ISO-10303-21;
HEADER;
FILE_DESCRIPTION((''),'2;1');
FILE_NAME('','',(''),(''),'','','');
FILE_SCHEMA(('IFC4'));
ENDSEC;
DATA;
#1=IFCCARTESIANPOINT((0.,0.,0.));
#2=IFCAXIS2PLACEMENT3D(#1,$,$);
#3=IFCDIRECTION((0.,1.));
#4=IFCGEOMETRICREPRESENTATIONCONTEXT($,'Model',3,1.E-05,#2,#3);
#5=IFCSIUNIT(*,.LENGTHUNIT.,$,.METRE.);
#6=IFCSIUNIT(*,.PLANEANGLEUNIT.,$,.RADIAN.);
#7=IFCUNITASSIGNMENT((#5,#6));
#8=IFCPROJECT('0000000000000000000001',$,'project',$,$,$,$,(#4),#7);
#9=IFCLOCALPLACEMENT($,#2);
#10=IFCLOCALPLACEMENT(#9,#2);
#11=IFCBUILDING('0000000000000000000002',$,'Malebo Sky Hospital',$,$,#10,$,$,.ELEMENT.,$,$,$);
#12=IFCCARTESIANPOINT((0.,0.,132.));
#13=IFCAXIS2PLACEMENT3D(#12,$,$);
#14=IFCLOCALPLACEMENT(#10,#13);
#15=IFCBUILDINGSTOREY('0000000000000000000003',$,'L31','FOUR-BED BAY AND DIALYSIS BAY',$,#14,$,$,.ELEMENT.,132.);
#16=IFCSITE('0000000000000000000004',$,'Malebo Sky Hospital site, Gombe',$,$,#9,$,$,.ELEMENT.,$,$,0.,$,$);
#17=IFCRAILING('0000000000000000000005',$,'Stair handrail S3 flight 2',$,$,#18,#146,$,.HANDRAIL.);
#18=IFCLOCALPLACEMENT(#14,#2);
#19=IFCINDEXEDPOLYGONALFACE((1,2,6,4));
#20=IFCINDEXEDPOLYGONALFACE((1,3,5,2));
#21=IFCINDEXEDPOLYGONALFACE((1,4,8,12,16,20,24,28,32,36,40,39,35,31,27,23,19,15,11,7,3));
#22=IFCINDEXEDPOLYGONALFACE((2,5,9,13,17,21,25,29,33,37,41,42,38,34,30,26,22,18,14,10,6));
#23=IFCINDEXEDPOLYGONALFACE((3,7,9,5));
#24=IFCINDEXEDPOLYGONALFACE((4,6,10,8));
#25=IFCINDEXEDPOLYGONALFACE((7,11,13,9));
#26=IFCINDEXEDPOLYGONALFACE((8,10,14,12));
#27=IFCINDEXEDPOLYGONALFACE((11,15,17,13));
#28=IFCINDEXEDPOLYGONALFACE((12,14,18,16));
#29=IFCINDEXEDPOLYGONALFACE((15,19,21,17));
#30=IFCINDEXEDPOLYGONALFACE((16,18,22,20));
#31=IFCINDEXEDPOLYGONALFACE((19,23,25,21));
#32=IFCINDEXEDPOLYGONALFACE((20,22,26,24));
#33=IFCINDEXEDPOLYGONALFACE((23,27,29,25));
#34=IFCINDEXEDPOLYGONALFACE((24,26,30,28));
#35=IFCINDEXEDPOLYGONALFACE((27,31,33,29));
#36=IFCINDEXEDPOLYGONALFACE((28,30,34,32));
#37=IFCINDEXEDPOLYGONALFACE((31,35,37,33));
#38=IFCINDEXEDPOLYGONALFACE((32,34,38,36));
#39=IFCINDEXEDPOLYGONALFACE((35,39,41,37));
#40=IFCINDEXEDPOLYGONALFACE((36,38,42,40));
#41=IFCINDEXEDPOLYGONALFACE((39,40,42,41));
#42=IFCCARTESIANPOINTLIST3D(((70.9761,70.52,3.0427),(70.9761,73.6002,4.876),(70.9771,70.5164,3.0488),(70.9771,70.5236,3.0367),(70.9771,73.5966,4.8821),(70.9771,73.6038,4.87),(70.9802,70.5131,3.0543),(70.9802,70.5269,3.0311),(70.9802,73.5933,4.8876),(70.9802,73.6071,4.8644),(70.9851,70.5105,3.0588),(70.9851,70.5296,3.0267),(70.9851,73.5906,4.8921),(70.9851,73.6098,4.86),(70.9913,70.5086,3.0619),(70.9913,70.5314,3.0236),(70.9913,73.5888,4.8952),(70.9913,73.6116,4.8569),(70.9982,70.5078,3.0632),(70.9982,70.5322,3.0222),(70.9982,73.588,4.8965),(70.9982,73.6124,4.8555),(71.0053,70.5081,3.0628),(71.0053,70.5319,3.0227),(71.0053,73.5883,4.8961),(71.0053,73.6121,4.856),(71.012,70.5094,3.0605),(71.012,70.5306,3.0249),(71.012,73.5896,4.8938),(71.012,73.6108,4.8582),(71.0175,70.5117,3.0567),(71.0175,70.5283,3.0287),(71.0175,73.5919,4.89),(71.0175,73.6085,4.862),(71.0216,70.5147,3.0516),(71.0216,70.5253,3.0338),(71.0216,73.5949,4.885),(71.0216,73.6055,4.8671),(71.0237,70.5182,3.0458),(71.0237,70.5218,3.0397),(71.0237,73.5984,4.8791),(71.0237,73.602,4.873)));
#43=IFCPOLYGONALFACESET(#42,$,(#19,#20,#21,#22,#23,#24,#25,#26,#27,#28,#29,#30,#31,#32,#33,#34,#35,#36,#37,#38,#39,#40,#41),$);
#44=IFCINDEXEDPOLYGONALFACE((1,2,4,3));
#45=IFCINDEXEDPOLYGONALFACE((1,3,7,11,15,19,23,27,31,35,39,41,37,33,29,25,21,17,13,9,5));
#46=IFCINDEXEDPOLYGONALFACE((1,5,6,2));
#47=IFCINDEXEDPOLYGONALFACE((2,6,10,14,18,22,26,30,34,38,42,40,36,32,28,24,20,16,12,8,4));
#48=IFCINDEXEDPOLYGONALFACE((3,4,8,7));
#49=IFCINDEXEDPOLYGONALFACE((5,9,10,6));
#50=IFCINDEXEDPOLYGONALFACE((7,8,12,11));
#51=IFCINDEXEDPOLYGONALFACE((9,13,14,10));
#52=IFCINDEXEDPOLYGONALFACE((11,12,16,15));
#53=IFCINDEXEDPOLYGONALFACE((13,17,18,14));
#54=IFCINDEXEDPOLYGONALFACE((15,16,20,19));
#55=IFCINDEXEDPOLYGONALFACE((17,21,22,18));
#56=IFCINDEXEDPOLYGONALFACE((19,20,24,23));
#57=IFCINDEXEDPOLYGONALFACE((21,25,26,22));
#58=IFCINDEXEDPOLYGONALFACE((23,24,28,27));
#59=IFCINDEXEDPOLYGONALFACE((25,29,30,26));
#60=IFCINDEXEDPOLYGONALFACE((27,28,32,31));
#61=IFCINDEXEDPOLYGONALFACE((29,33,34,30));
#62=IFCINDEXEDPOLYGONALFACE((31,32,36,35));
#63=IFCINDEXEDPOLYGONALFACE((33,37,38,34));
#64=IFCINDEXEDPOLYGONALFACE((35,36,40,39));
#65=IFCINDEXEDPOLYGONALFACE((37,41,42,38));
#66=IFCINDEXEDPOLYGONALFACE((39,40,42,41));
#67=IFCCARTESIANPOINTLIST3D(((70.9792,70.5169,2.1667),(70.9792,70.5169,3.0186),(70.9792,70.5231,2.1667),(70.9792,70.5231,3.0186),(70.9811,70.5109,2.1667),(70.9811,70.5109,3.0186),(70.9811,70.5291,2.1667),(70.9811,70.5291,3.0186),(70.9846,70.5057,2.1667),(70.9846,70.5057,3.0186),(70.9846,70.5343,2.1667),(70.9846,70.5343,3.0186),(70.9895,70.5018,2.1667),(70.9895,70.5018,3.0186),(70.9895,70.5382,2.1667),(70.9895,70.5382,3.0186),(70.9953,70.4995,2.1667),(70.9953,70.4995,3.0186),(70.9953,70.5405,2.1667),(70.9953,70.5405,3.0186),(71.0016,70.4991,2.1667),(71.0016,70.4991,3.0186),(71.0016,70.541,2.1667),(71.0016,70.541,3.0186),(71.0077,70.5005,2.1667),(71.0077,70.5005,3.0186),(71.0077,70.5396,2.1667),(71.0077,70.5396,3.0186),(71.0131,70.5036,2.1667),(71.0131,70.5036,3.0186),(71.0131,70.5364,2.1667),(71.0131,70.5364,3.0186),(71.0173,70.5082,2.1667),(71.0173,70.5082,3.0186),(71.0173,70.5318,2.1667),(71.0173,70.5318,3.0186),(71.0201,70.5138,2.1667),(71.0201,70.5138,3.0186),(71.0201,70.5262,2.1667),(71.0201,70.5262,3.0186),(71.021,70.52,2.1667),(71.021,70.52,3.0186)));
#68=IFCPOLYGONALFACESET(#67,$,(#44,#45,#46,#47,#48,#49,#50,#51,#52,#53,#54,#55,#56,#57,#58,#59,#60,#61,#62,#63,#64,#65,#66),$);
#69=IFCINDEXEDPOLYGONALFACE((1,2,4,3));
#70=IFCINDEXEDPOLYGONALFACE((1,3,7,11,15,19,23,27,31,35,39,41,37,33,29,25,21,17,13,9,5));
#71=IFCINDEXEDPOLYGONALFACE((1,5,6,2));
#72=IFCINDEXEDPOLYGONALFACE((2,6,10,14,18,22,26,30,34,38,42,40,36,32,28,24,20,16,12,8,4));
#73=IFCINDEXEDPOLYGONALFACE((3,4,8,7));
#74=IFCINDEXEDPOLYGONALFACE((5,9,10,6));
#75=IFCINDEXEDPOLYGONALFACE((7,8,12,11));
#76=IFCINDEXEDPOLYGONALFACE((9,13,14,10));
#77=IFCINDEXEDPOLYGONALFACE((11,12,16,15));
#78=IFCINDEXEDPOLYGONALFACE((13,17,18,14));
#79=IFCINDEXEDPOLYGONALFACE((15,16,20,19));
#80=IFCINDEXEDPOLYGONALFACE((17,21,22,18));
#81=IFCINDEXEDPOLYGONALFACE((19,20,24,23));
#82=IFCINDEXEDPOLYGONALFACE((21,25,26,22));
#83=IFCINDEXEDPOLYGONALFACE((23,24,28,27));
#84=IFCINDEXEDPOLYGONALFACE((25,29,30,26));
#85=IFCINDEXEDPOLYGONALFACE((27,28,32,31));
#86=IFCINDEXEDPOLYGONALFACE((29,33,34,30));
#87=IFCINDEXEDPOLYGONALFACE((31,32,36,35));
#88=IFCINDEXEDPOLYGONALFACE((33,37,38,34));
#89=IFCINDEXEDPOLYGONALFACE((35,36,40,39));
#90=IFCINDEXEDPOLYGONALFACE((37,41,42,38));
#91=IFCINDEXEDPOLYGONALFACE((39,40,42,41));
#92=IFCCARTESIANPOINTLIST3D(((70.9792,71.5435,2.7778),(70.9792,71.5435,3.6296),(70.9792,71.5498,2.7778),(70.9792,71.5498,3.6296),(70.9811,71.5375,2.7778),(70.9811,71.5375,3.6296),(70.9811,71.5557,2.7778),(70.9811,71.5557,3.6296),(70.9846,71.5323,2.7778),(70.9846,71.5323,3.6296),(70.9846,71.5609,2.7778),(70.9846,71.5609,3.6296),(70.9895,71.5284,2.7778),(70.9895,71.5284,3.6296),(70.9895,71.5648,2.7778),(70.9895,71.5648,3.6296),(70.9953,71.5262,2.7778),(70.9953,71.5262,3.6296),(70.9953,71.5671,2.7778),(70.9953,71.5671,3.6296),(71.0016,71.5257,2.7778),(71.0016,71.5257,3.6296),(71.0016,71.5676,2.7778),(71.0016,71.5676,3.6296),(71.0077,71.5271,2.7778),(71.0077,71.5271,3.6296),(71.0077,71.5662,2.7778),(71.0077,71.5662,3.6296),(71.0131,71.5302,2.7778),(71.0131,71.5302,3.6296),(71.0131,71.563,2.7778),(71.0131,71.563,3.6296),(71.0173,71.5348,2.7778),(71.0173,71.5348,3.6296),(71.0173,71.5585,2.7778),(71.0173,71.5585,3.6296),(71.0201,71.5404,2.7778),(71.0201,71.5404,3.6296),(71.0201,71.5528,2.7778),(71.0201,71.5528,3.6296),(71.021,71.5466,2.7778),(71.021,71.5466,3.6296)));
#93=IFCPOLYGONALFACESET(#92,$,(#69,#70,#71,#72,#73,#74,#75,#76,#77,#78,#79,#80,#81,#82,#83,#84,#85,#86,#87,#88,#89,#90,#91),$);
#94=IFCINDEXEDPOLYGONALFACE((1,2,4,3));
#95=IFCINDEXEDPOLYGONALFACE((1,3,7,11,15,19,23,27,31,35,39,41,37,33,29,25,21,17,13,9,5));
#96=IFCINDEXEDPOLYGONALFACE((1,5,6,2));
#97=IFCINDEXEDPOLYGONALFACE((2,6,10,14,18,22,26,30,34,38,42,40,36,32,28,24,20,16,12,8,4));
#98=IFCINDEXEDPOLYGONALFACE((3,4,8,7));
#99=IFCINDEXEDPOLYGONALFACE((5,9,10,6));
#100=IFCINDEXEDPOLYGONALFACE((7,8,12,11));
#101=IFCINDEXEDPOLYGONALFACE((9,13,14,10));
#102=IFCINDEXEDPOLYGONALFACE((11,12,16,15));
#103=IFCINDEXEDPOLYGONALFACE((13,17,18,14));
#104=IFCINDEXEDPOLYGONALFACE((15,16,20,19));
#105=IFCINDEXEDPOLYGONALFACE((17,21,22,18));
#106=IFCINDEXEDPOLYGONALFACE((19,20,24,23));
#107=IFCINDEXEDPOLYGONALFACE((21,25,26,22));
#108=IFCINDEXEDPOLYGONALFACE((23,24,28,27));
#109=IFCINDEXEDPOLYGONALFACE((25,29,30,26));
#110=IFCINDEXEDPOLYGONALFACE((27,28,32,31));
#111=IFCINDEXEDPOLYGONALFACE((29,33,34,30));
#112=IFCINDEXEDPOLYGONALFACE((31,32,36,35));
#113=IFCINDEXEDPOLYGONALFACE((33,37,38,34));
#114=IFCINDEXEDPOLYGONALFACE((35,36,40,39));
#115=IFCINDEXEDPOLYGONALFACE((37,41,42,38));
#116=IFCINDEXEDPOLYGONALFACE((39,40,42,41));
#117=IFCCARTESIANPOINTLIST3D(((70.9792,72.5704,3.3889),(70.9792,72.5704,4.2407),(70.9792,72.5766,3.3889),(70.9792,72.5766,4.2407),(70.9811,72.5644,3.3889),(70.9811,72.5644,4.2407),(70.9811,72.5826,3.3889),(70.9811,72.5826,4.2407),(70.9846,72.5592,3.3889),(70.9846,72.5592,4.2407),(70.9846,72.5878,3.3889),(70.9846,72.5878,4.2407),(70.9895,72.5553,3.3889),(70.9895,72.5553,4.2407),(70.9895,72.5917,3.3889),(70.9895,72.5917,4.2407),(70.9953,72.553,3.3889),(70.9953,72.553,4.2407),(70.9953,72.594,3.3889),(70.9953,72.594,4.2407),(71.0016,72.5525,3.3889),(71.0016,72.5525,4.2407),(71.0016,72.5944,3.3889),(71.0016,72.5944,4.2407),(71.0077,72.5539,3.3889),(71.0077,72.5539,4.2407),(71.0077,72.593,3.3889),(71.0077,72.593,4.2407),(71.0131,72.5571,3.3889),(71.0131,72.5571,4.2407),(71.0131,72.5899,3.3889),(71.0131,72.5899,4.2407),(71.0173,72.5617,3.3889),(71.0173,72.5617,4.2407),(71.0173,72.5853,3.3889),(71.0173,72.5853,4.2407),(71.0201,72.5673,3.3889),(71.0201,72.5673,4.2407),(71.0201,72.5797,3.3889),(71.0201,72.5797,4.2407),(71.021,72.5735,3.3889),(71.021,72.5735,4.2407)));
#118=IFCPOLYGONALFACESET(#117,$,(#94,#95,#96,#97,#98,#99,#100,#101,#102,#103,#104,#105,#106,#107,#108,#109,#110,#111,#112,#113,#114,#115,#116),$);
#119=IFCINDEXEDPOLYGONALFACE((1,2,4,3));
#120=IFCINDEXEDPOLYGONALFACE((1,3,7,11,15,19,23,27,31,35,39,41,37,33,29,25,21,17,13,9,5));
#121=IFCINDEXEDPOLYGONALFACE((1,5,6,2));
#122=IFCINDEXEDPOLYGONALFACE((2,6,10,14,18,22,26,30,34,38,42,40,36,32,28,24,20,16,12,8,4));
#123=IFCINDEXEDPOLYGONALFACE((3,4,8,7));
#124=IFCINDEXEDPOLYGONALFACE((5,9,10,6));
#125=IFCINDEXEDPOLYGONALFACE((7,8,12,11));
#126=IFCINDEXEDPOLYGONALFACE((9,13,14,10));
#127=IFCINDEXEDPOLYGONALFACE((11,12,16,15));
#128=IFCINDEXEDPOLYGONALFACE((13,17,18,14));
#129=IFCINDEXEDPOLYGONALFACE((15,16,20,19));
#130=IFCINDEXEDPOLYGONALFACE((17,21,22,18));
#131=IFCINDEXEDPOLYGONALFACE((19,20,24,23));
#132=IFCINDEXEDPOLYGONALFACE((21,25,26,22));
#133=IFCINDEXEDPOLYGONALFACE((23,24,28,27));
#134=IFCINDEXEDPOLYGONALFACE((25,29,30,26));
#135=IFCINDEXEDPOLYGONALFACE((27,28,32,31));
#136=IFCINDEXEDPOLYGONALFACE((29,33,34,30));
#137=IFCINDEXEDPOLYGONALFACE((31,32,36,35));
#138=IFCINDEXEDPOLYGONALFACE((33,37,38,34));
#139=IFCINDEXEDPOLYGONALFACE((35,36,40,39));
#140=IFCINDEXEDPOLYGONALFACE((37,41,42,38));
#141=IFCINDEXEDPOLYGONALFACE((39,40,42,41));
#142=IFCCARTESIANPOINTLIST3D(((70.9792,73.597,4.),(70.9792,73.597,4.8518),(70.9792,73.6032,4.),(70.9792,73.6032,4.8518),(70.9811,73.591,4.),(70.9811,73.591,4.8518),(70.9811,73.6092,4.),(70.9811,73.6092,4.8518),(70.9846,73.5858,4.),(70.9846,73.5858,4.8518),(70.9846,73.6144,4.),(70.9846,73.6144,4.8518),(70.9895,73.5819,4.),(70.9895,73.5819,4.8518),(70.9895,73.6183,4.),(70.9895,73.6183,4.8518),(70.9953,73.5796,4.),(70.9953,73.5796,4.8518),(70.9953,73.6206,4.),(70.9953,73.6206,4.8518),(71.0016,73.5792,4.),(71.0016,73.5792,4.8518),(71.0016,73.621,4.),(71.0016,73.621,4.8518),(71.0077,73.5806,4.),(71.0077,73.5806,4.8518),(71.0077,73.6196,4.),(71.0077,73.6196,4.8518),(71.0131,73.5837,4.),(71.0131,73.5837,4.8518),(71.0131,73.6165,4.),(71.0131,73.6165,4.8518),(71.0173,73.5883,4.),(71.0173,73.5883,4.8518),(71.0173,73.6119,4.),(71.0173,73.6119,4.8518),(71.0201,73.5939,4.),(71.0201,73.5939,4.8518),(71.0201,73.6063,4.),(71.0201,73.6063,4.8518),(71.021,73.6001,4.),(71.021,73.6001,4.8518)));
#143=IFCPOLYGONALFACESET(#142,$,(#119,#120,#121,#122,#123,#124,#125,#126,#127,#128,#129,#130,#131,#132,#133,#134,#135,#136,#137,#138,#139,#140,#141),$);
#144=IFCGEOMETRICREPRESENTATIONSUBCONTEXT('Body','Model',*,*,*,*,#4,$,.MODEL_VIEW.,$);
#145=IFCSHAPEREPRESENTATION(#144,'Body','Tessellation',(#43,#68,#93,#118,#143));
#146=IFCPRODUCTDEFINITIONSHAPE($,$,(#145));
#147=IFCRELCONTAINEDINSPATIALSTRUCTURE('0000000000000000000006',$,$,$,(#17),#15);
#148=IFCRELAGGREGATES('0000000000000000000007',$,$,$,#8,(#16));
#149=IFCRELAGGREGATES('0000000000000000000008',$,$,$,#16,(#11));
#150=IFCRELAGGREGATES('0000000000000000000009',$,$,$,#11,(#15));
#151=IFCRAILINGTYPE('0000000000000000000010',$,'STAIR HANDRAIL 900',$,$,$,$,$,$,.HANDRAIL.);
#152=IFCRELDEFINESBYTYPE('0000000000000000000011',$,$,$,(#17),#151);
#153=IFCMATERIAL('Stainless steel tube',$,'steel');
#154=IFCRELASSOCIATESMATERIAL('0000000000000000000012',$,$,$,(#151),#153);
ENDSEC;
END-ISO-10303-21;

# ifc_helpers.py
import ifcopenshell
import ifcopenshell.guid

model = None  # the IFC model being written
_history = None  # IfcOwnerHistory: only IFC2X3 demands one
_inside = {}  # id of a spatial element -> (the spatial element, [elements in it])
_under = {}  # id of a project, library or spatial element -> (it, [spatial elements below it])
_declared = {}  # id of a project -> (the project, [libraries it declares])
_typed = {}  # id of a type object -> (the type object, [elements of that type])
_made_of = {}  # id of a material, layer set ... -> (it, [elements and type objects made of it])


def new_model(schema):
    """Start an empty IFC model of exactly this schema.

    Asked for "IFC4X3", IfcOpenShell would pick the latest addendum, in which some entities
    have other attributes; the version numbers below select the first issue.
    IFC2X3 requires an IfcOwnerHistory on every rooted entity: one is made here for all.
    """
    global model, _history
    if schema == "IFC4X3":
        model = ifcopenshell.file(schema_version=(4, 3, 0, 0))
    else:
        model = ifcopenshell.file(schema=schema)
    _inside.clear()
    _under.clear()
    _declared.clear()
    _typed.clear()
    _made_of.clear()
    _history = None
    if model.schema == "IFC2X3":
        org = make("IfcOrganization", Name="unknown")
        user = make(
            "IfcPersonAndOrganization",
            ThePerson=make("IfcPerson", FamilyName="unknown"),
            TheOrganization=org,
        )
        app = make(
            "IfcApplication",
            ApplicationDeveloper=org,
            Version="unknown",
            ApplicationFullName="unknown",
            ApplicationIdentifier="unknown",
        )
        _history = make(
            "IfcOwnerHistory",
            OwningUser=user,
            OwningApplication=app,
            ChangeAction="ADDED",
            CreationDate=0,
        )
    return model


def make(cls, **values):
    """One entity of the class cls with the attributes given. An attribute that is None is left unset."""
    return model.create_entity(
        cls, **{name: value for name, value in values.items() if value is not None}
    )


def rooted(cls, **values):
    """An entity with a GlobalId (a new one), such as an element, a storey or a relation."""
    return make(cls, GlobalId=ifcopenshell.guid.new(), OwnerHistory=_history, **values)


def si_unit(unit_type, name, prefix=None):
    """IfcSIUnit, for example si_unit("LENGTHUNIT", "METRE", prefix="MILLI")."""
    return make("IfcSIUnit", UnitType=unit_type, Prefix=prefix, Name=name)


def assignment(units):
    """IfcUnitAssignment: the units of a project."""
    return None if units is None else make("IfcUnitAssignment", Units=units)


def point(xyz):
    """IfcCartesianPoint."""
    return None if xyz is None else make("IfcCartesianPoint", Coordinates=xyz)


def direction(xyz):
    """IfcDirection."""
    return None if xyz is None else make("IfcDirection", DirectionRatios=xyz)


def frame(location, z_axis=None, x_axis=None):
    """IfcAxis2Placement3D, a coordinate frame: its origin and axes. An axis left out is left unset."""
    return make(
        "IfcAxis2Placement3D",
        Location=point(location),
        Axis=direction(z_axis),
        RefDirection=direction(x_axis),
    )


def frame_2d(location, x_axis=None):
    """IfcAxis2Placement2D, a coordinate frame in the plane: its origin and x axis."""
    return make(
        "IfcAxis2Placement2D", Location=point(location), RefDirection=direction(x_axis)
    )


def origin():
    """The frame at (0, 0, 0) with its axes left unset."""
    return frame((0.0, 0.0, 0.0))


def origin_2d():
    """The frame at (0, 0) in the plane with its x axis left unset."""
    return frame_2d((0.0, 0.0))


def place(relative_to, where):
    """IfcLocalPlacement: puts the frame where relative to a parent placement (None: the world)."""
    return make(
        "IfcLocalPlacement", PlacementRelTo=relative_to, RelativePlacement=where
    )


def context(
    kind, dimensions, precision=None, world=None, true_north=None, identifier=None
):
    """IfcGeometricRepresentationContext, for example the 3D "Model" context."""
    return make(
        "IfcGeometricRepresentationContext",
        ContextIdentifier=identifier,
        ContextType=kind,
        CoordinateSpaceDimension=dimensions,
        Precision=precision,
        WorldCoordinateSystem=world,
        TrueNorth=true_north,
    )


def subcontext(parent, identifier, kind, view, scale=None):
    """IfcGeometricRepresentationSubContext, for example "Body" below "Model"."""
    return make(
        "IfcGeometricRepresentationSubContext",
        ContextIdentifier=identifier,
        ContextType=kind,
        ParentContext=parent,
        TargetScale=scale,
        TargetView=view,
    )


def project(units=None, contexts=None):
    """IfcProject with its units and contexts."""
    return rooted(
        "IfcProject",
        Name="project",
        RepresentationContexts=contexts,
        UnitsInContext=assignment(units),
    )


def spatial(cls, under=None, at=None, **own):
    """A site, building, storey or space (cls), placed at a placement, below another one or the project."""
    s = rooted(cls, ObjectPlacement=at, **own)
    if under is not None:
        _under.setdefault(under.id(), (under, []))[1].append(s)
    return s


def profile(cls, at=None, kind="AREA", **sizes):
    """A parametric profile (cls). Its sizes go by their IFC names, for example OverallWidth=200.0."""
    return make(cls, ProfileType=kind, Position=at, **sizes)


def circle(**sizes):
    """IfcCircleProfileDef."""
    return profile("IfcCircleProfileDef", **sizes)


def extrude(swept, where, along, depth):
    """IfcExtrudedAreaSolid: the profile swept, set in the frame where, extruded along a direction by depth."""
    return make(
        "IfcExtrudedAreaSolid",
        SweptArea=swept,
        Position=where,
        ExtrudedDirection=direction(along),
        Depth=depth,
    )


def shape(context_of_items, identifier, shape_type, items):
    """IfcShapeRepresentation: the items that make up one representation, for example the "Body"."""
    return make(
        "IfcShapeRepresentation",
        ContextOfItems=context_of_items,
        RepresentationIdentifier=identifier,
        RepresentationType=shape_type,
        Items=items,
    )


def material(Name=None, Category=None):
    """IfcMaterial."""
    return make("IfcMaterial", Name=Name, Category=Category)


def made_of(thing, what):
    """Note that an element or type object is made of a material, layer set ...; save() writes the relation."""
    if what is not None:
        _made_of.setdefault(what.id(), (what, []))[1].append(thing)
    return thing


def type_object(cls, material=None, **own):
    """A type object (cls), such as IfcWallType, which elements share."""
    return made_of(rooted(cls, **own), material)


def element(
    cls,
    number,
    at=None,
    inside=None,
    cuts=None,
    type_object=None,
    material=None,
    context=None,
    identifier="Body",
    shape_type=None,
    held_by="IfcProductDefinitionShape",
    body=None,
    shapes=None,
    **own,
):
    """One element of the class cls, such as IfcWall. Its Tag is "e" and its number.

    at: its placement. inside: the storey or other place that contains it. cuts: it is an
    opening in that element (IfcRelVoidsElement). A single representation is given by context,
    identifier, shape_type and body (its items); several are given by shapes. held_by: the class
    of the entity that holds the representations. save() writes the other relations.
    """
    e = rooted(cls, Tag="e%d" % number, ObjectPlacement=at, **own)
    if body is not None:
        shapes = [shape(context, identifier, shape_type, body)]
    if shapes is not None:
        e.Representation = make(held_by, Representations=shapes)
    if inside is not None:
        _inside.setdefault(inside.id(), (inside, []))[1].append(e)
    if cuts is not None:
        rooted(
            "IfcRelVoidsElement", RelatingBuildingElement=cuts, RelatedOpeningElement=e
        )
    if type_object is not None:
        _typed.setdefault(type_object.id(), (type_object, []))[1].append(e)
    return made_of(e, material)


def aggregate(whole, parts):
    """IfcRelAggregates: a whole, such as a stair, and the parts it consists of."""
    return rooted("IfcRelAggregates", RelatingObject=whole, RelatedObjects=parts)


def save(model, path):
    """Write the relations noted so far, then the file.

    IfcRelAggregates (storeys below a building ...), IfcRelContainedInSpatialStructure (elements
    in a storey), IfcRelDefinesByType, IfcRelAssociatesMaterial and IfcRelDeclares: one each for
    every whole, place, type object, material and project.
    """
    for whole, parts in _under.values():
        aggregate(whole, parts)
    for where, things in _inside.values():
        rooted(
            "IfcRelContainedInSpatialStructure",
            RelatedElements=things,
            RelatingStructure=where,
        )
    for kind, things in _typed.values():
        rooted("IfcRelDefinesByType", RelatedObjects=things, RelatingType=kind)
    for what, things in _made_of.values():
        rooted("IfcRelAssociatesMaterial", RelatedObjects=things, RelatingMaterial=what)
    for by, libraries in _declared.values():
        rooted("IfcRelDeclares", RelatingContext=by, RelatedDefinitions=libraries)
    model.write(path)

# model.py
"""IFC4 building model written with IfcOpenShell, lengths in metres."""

from ifc_helpers import new_model, si_unit, direction, frame, origin, origin_2d, place, context, subcontext, project, spatial, circle, extrude, material, type_object, element, save


model = new_model("IFC4")

# Units and contexts
model_context = context("Model", 3, precision=1e-05, world=origin(), true_north=direction((0.0, 1.0)))
body_context = subcontext(model_context, "Body", "Model", "MODEL_VIEW")
ifc_project = project(units=[si_unit("LENGTHUNIT", "METRE"), si_unit("PLANEANGLEUNIT", "RADIAN")], contexts=[model_context])

# Site, building, storey
site_placement = place(None, origin())
site = spatial("IfcSite", under=ifc_project, at=site_placement, Name="Malebo Sky Hospital site, Gombe", CompositionType="ELEMENT", RefElevation=0.0)
building_placement = place(site_placement, origin())
building = spatial("IfcBuilding", under=site, at=building_placement, Name="Malebo Sky Hospital", CompositionType="ELEMENT")
storey_placement = place(building_placement, frame((0.0, 0.0, 132.0)))
storey = spatial("IfcBuildingStorey", under=building, at=storey_placement, Name="L31", Description="FOUR-BED BAY AND DIALYSIS BAY", CompositionType="ELEMENT", Elevation=132.0)

# Railing
ifc_material_1 = material(Name="Stainless steel tube", Category="steel")
railing_type = type_object("IfcRailingType", Name="STAIR HANDRAIL 900", PredefinedType="HANDRAIL", material=ifc_material_1)
railing_1_placement = place(storey_placement, frame((71.0, 70.52, 2.1667)))
element("IfcRailing", 1, at=railing_1_placement, inside=storey, type_object=railing_type, Name="Stair handrail S3 flight 2", PredefinedType="HANDRAIL", context=body_context, shape_type="SweptSolid", body=[
    extrude(circle(Radius=0.0239, at=origin_2d()), frame((0.0, 0.0, 0.876), z_axis=(0.0, 0.859309, 0.511458), x_axis=(-1.0, 0.0, 0.0)), (0.0, 0.0, 1.0), 3.5845),
    extrude(circle(Radius=0.021, at=origin_2d()), origin(), (0.0, 0.0, 1.0), 0.8518),
    extrude(circle(Radius=0.021, at=origin_2d()), frame((0.0, 1.0266, 0.6111)), (0.0, 0.0, 1.0), 0.8518),
    extrude(circle(Radius=0.021, at=origin_2d()), frame((0.0, 2.0535, 1.2222)), (0.0, 0.0, 1.0), 0.8518),
    extrude(circle(Radius=0.021, at=origin_2d()), frame((0.0, 3.0801, 1.8333)), (0.0, 0.0, 1.0), 0.8518),
])

save(model, "model.ifc")
